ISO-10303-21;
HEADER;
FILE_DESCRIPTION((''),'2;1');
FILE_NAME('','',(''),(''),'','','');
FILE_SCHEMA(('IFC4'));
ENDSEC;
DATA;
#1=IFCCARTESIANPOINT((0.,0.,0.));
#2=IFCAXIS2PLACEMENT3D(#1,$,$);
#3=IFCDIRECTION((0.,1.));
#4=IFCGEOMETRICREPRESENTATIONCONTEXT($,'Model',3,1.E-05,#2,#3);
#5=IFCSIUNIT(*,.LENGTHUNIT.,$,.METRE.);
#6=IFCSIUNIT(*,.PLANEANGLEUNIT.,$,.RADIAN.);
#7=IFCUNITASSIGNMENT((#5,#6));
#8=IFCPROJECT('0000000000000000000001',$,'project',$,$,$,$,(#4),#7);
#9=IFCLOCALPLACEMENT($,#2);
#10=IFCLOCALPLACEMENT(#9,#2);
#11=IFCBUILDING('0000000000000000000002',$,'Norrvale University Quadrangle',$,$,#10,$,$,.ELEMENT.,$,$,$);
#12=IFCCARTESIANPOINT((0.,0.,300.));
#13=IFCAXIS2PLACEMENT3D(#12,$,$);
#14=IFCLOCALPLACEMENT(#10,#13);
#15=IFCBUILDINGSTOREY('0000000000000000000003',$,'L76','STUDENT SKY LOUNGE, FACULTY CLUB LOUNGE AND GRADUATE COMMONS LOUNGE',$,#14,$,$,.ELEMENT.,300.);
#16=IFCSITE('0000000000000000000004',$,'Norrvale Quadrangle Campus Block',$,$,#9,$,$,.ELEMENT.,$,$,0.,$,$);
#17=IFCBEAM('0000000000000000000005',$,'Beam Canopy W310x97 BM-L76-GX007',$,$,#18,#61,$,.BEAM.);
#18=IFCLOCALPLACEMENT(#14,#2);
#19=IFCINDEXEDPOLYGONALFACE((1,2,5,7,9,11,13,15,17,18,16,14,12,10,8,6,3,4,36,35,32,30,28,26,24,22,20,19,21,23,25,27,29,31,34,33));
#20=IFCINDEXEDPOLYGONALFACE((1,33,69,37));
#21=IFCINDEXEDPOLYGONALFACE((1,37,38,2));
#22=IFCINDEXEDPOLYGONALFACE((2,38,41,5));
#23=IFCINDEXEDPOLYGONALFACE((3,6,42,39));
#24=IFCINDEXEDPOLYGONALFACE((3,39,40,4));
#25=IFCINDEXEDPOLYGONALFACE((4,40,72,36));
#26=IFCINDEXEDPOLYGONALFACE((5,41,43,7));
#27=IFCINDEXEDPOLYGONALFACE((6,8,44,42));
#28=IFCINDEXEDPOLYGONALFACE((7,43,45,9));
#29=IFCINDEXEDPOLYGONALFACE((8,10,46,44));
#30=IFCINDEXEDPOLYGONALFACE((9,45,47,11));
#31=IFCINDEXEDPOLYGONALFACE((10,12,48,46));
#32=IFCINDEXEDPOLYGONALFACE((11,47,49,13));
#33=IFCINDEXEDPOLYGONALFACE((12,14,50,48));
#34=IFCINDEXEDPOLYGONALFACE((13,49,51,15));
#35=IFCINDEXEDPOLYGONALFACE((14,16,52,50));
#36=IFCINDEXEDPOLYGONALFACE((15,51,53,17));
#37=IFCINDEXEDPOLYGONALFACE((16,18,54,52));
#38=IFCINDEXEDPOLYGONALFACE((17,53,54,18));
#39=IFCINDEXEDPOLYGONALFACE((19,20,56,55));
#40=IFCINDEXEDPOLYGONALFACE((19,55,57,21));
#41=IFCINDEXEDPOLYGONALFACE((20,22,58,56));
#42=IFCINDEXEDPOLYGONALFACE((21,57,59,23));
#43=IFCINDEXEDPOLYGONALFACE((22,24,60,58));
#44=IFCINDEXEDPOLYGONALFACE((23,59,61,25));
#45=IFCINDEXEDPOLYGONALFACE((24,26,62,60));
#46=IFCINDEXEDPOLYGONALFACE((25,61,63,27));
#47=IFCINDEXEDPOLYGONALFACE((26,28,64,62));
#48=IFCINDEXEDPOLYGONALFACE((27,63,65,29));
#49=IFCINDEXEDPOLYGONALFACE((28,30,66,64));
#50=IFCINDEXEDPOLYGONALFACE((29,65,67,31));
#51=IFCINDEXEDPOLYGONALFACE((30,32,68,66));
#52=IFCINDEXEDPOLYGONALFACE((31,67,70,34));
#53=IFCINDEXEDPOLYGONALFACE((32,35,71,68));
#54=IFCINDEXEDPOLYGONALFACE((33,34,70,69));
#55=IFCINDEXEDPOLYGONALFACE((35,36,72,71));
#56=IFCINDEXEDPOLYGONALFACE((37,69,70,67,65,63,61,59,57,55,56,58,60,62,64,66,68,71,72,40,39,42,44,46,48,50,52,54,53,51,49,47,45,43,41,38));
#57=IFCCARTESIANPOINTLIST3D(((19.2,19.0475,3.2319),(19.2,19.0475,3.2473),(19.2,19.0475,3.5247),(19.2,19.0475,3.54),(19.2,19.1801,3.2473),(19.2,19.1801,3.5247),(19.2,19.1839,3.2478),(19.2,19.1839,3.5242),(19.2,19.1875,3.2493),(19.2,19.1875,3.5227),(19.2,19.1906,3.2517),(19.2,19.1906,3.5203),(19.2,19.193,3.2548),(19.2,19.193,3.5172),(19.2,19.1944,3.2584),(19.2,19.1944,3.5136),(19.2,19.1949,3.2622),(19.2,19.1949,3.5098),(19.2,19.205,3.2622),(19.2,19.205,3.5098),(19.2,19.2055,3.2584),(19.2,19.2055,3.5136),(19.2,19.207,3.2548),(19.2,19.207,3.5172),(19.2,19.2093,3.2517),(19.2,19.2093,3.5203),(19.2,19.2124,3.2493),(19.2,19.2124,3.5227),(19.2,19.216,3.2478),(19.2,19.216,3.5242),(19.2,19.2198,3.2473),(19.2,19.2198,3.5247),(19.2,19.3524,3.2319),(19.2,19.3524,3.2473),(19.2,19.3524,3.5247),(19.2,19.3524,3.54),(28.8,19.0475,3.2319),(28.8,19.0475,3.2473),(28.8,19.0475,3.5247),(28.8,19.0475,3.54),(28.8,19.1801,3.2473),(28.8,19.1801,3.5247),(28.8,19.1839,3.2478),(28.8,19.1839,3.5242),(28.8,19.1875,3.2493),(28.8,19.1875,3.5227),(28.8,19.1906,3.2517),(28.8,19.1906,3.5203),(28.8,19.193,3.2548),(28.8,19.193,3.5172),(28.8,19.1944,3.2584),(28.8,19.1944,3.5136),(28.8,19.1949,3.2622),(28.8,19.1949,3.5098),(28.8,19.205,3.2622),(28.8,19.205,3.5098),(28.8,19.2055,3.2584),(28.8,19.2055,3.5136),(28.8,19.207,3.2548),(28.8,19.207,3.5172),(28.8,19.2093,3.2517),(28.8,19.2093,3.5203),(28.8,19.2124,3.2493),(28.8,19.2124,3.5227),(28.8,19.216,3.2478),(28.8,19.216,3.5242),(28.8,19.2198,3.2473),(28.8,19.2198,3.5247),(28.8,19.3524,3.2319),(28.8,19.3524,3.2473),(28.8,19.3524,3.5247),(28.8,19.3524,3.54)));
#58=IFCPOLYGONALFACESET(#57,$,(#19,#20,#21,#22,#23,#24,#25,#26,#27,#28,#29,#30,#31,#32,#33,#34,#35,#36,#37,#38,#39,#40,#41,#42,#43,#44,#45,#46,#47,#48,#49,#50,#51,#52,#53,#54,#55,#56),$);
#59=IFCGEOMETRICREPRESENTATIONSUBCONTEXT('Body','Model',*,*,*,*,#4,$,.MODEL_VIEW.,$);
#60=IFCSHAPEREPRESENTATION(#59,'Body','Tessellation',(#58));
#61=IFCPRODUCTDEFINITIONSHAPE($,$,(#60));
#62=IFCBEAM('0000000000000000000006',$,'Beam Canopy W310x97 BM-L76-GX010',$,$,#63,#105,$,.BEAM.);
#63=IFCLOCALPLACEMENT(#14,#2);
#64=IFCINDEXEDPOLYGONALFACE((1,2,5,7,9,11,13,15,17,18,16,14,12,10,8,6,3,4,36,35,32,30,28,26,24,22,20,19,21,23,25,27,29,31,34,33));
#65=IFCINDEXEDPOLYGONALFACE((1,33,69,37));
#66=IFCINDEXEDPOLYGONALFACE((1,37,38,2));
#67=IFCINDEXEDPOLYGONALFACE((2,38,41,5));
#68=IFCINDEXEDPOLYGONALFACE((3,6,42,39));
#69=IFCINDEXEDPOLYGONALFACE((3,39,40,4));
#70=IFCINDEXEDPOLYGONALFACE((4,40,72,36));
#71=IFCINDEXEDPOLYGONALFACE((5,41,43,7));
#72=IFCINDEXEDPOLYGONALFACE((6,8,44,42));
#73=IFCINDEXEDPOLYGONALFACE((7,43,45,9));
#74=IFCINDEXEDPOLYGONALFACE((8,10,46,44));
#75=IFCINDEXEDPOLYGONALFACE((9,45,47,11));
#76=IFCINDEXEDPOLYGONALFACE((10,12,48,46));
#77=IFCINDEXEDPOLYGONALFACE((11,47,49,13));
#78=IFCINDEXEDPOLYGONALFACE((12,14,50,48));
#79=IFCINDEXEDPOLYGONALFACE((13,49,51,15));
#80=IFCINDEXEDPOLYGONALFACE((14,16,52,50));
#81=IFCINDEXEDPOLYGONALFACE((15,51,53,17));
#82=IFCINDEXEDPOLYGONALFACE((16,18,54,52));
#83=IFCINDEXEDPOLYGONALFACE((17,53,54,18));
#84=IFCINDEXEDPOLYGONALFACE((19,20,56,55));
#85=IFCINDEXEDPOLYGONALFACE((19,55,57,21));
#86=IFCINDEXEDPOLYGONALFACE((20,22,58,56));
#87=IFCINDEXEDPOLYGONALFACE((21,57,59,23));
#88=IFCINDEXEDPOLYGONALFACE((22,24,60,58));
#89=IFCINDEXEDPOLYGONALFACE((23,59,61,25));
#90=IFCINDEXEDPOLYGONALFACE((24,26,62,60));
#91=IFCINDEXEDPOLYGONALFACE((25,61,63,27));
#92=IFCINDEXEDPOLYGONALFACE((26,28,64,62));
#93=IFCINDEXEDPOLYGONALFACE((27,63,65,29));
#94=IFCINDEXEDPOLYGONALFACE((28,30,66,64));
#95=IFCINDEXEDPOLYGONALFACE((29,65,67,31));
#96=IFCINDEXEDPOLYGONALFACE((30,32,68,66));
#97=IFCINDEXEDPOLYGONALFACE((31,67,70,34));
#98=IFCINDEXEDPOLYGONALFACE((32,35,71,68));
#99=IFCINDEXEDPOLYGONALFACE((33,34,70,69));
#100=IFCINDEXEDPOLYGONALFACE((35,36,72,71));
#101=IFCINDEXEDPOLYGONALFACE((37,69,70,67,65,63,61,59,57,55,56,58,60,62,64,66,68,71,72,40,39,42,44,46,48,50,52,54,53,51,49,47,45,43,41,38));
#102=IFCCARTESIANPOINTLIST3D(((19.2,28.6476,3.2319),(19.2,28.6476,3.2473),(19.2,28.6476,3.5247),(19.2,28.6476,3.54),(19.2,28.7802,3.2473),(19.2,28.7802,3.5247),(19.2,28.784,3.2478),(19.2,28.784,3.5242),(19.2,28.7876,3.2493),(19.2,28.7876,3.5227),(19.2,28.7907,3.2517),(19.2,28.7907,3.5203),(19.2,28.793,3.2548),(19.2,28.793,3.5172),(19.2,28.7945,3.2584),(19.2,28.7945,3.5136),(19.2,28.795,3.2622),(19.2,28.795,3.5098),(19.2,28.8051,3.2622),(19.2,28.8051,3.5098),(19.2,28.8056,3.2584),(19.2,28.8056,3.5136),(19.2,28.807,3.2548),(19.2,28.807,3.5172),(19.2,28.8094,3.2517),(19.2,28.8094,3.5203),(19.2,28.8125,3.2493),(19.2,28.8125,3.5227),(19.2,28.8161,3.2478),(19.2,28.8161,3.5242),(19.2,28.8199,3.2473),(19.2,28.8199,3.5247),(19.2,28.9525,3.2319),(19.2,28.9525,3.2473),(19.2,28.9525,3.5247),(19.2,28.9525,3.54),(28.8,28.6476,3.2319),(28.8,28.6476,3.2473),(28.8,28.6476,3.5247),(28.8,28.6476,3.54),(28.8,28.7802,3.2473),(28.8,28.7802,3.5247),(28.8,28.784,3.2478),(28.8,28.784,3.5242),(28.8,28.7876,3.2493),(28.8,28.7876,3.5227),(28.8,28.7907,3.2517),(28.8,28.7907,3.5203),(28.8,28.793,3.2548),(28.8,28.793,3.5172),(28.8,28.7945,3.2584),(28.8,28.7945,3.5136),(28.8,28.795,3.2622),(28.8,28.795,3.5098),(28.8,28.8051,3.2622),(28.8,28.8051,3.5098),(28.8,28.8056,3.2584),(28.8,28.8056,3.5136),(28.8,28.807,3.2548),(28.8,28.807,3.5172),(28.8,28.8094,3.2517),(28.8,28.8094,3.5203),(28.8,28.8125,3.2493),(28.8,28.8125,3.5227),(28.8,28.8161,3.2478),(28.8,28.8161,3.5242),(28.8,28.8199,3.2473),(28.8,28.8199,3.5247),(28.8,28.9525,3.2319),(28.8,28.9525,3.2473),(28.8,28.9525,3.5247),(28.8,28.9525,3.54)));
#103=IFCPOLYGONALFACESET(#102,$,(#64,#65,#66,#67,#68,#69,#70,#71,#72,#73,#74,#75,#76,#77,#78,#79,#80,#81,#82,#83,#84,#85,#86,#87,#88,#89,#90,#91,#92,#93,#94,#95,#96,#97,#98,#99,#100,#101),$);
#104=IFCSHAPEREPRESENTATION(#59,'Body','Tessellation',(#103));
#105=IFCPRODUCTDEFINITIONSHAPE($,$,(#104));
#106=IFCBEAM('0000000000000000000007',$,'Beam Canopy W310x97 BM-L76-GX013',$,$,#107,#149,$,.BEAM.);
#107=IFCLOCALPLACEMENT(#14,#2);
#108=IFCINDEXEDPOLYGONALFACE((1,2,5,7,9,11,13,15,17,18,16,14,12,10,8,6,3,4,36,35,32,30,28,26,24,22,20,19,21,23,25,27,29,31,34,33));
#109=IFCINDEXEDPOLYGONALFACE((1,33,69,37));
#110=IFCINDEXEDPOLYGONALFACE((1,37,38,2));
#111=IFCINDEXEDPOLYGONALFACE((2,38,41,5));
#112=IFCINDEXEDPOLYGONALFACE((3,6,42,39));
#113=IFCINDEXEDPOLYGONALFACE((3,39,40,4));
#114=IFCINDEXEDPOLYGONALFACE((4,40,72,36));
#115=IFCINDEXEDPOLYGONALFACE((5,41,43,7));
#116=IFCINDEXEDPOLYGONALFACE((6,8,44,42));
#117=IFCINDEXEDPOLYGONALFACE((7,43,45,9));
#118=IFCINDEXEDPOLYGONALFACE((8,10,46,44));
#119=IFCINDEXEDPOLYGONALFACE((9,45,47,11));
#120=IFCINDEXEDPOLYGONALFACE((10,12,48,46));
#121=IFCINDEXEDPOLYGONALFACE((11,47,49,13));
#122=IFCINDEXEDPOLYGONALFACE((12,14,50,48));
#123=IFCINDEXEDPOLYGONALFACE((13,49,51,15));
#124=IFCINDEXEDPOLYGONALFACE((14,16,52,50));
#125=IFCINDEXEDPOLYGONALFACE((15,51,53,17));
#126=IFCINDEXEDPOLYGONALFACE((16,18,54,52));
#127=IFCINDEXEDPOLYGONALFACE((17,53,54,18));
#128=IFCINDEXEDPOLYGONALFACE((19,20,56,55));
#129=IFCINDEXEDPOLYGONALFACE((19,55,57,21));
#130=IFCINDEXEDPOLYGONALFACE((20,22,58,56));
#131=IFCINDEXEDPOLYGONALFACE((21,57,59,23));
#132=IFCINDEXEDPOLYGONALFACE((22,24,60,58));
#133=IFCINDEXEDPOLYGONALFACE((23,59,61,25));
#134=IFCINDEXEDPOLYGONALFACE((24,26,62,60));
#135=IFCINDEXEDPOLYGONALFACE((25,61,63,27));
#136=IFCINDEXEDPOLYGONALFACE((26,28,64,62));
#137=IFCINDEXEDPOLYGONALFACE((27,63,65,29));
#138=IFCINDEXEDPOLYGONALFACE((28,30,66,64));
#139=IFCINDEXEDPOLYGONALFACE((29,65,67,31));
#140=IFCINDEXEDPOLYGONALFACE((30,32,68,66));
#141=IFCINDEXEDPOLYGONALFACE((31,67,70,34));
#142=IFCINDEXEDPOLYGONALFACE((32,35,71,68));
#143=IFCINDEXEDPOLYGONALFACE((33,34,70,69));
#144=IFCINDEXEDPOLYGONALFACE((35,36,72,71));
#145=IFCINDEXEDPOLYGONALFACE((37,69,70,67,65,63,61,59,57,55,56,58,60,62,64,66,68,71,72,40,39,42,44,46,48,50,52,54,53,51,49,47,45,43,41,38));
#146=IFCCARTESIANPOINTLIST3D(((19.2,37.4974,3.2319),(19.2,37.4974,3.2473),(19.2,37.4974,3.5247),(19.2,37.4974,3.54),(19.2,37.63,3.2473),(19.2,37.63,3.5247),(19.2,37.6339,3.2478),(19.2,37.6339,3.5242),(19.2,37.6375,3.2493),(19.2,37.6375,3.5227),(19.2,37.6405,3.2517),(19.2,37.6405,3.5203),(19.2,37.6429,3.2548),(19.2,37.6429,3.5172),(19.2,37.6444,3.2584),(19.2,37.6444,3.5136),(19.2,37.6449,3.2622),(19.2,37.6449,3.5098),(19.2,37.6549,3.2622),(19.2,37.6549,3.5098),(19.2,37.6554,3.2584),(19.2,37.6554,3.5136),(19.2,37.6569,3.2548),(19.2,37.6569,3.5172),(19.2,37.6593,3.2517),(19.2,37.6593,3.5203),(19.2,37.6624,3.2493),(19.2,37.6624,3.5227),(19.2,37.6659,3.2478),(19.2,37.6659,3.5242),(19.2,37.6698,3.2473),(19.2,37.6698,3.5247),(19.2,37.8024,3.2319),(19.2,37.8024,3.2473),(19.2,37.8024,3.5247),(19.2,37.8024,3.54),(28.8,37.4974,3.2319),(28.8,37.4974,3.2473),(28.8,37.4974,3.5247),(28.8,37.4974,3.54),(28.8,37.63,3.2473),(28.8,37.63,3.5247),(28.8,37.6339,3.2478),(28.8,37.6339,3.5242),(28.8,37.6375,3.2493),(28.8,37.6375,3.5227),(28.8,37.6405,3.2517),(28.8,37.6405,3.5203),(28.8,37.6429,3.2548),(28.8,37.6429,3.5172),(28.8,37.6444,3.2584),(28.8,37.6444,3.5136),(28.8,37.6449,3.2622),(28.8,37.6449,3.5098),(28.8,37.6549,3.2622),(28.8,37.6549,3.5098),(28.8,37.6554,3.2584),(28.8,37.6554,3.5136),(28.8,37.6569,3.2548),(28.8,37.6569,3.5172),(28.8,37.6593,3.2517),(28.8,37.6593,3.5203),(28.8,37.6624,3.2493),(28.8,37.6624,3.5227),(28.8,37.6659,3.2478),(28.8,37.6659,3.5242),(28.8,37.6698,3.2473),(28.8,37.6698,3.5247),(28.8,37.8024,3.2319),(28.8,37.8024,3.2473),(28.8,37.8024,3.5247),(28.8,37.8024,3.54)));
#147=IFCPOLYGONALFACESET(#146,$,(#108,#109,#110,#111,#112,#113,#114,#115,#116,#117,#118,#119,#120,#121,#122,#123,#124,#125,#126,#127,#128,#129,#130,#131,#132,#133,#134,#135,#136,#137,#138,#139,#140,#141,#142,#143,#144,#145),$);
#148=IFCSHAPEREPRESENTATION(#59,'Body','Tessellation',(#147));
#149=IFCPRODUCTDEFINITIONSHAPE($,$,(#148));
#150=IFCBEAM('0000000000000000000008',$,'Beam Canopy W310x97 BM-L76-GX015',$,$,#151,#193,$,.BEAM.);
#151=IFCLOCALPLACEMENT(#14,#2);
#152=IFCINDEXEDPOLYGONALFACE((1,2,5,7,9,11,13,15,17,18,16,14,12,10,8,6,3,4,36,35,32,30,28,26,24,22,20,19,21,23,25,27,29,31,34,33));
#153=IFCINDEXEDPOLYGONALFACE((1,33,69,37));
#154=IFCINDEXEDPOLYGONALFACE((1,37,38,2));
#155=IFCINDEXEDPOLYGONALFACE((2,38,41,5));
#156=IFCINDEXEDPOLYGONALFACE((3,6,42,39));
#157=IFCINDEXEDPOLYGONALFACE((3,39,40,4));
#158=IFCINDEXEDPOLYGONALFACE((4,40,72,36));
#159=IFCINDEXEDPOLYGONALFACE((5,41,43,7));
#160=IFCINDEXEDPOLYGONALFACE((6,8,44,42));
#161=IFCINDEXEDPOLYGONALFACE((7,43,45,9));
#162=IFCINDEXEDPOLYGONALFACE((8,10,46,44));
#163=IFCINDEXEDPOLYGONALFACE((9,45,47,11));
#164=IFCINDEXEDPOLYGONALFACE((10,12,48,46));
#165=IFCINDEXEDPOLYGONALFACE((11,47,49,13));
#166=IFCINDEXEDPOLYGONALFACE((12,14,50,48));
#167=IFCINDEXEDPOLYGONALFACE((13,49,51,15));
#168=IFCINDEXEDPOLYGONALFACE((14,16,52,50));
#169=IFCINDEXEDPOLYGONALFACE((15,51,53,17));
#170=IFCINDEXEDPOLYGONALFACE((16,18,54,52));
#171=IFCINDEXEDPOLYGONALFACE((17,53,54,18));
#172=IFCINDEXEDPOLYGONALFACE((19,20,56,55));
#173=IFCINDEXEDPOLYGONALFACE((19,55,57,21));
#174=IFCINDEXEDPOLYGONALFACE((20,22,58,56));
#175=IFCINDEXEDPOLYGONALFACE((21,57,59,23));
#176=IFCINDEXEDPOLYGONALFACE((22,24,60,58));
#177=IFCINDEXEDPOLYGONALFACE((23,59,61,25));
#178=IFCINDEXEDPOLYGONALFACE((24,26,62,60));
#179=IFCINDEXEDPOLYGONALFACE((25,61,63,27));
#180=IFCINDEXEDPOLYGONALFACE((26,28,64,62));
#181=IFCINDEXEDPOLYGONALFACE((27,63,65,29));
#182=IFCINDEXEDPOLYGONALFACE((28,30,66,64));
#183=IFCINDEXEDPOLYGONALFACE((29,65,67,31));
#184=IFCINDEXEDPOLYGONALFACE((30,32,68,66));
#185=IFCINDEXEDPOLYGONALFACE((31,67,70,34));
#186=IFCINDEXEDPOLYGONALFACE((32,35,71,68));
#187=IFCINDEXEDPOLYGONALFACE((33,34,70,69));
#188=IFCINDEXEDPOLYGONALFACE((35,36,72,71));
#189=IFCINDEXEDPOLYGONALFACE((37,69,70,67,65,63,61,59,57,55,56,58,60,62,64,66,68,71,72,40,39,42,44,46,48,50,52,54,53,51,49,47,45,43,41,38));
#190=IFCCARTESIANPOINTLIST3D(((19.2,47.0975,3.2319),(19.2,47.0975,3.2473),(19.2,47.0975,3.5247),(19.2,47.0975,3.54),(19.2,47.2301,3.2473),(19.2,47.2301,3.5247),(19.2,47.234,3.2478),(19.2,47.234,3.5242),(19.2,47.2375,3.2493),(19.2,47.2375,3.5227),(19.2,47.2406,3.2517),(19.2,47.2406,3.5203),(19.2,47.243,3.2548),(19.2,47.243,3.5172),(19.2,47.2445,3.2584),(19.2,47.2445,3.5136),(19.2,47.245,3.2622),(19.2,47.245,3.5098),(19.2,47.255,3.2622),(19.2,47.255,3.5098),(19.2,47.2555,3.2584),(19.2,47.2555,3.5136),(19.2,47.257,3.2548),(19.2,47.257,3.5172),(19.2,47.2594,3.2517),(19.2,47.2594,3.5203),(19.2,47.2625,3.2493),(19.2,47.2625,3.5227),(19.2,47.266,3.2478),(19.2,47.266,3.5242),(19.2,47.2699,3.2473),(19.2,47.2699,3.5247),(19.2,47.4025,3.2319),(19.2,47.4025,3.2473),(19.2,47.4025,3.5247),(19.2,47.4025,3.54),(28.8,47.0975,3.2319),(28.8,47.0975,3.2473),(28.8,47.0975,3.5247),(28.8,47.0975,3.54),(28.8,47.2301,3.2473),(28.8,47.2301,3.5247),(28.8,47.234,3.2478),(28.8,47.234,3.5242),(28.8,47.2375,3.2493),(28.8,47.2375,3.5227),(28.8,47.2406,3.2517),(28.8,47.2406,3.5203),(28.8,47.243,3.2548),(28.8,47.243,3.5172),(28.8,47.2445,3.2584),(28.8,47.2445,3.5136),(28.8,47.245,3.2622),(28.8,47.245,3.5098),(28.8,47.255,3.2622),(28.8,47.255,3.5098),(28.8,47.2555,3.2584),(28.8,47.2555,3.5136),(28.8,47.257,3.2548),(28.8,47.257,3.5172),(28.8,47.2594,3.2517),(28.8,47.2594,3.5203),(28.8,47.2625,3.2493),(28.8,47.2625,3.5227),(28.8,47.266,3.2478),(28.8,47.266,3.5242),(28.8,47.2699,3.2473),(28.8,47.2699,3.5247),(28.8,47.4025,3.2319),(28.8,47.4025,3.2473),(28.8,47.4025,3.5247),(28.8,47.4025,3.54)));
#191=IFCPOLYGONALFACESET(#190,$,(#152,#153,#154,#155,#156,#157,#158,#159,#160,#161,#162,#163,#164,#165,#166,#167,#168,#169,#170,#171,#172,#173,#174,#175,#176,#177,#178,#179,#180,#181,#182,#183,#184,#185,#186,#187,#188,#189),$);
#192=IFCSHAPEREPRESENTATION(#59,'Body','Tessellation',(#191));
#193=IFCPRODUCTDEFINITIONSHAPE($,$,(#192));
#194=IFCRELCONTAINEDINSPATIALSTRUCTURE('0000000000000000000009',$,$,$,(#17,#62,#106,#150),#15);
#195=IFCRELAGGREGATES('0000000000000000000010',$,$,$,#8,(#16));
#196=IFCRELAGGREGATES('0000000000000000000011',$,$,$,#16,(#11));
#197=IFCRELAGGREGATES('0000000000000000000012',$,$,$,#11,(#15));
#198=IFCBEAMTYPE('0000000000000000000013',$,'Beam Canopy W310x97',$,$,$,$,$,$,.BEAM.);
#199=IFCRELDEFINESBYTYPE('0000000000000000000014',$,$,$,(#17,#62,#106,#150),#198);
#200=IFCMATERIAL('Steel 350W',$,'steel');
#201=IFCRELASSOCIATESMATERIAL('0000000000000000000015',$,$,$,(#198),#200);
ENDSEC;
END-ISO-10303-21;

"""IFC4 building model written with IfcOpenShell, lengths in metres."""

from ifc_helpers import new_model, si_unit, direction, frame, origin, origin_2d, place, context, subcontext, project, spatial, i_section, extrude, material, material_profile, profile_set, type_object, element, save


model = new_model("IFC4")

# Units and contexts
model_context = context("Model", 3, precision=1e-05, world=origin(), true_north=direction((0.0, 1.0)))
body_context = subcontext(model_context, "Body", "Model", "MODEL_VIEW")
ifc_project = project(units=[si_unit("LENGTHUNIT", "METRE"), si_unit("PLANEANGLEUNIT", "RADIAN")], contexts=[model_context])

# Site, building, storey
site_placement = place(None, origin())
site = spatial("IfcSite", under=ifc_project, at=site_placement, Name="Norrvale Quadrangle Campus Block", CompositionType="ELEMENT", RefElevation=0.0)
building_placement = place(site_placement, origin())
building = spatial("IfcBuilding", under=site, at=building_placement, Name="Norrvale University Quadrangle", CompositionType="ELEMENT")
storey_placement = place(building_placement, frame((0.0, 0.0, 300.0)))
storey = spatial("IfcBuildingStorey", under=building, at=storey_placement, Name="L76", Description="STUDENT SKY LOUNGE, FACULTY CLUB LOUNGE AND GRADUATE COMMONS LOUNGE", CompositionType="ELEMENT", Elevation=300.0)

# Beams
ifc_material_1 = material(Name="Steel 350W", Category="steel")
ifc_material_profile_1 = material_profile(ifc_material_1, i_section(OverallWidth=0.3049, OverallDepth=0.3081, WebThickness=0.01, FlangeThickness=0.0154, FilletRadius=0.0149, at=origin_2d()), Name="Steel 350W")
ifc_profile_set_1 = profile_set([ifc_material_profile_1], Name="Steel 350W")
beam_type_1 = type_object("IfcBeamType", Name="Beam Canopy W310x97", PredefinedType="BEAM", material=ifc_profile_set_1)
for number, where, z_axis, x_axis, name in (
    (1, (19.2, 19.2, 3.386), (1.0, 0.0, 0.0), (0.0, 1.0, 0.0), "Beam Canopy W310x97 BM-L76-GX007"),
    (2, (19.2, 28.8, 3.386), (1.0, 0.0, 0.0), (0.0, 1.0, 0.0), "Beam Canopy W310x97 BM-L76-GX010"),
    (3, (19.2, 37.6499, 3.386), (1.0, 0.0, 0.0), (0.0, 1.0, 0.0), "Beam Canopy W310x97 BM-L76-GX013"),
    (4, (19.2, 47.25, 3.386), (1.0, 0.0, 0.0), (0.0, 1.0, 0.0), "Beam Canopy W310x97 BM-L76-GX015"),
):
    element("IfcBeam", number, at=place(storey_placement, frame(where, z_axis=z_axis, x_axis=x_axis)), inside=storey, type_object=beam_type_1, Name=name, PredefinedType="BEAM", context=body_context, shape_type="SweptSolid", body=[
        extrude(i_section(OverallWidth=0.3049, OverallDepth=0.3081, WebThickness=0.01, FlangeThickness=0.0154, FilletRadius=0.0149, at=origin_2d()), origin(), (0.0, 0.0, 1.0), 9.6001),
    ])

save(model, "model.ifc")
